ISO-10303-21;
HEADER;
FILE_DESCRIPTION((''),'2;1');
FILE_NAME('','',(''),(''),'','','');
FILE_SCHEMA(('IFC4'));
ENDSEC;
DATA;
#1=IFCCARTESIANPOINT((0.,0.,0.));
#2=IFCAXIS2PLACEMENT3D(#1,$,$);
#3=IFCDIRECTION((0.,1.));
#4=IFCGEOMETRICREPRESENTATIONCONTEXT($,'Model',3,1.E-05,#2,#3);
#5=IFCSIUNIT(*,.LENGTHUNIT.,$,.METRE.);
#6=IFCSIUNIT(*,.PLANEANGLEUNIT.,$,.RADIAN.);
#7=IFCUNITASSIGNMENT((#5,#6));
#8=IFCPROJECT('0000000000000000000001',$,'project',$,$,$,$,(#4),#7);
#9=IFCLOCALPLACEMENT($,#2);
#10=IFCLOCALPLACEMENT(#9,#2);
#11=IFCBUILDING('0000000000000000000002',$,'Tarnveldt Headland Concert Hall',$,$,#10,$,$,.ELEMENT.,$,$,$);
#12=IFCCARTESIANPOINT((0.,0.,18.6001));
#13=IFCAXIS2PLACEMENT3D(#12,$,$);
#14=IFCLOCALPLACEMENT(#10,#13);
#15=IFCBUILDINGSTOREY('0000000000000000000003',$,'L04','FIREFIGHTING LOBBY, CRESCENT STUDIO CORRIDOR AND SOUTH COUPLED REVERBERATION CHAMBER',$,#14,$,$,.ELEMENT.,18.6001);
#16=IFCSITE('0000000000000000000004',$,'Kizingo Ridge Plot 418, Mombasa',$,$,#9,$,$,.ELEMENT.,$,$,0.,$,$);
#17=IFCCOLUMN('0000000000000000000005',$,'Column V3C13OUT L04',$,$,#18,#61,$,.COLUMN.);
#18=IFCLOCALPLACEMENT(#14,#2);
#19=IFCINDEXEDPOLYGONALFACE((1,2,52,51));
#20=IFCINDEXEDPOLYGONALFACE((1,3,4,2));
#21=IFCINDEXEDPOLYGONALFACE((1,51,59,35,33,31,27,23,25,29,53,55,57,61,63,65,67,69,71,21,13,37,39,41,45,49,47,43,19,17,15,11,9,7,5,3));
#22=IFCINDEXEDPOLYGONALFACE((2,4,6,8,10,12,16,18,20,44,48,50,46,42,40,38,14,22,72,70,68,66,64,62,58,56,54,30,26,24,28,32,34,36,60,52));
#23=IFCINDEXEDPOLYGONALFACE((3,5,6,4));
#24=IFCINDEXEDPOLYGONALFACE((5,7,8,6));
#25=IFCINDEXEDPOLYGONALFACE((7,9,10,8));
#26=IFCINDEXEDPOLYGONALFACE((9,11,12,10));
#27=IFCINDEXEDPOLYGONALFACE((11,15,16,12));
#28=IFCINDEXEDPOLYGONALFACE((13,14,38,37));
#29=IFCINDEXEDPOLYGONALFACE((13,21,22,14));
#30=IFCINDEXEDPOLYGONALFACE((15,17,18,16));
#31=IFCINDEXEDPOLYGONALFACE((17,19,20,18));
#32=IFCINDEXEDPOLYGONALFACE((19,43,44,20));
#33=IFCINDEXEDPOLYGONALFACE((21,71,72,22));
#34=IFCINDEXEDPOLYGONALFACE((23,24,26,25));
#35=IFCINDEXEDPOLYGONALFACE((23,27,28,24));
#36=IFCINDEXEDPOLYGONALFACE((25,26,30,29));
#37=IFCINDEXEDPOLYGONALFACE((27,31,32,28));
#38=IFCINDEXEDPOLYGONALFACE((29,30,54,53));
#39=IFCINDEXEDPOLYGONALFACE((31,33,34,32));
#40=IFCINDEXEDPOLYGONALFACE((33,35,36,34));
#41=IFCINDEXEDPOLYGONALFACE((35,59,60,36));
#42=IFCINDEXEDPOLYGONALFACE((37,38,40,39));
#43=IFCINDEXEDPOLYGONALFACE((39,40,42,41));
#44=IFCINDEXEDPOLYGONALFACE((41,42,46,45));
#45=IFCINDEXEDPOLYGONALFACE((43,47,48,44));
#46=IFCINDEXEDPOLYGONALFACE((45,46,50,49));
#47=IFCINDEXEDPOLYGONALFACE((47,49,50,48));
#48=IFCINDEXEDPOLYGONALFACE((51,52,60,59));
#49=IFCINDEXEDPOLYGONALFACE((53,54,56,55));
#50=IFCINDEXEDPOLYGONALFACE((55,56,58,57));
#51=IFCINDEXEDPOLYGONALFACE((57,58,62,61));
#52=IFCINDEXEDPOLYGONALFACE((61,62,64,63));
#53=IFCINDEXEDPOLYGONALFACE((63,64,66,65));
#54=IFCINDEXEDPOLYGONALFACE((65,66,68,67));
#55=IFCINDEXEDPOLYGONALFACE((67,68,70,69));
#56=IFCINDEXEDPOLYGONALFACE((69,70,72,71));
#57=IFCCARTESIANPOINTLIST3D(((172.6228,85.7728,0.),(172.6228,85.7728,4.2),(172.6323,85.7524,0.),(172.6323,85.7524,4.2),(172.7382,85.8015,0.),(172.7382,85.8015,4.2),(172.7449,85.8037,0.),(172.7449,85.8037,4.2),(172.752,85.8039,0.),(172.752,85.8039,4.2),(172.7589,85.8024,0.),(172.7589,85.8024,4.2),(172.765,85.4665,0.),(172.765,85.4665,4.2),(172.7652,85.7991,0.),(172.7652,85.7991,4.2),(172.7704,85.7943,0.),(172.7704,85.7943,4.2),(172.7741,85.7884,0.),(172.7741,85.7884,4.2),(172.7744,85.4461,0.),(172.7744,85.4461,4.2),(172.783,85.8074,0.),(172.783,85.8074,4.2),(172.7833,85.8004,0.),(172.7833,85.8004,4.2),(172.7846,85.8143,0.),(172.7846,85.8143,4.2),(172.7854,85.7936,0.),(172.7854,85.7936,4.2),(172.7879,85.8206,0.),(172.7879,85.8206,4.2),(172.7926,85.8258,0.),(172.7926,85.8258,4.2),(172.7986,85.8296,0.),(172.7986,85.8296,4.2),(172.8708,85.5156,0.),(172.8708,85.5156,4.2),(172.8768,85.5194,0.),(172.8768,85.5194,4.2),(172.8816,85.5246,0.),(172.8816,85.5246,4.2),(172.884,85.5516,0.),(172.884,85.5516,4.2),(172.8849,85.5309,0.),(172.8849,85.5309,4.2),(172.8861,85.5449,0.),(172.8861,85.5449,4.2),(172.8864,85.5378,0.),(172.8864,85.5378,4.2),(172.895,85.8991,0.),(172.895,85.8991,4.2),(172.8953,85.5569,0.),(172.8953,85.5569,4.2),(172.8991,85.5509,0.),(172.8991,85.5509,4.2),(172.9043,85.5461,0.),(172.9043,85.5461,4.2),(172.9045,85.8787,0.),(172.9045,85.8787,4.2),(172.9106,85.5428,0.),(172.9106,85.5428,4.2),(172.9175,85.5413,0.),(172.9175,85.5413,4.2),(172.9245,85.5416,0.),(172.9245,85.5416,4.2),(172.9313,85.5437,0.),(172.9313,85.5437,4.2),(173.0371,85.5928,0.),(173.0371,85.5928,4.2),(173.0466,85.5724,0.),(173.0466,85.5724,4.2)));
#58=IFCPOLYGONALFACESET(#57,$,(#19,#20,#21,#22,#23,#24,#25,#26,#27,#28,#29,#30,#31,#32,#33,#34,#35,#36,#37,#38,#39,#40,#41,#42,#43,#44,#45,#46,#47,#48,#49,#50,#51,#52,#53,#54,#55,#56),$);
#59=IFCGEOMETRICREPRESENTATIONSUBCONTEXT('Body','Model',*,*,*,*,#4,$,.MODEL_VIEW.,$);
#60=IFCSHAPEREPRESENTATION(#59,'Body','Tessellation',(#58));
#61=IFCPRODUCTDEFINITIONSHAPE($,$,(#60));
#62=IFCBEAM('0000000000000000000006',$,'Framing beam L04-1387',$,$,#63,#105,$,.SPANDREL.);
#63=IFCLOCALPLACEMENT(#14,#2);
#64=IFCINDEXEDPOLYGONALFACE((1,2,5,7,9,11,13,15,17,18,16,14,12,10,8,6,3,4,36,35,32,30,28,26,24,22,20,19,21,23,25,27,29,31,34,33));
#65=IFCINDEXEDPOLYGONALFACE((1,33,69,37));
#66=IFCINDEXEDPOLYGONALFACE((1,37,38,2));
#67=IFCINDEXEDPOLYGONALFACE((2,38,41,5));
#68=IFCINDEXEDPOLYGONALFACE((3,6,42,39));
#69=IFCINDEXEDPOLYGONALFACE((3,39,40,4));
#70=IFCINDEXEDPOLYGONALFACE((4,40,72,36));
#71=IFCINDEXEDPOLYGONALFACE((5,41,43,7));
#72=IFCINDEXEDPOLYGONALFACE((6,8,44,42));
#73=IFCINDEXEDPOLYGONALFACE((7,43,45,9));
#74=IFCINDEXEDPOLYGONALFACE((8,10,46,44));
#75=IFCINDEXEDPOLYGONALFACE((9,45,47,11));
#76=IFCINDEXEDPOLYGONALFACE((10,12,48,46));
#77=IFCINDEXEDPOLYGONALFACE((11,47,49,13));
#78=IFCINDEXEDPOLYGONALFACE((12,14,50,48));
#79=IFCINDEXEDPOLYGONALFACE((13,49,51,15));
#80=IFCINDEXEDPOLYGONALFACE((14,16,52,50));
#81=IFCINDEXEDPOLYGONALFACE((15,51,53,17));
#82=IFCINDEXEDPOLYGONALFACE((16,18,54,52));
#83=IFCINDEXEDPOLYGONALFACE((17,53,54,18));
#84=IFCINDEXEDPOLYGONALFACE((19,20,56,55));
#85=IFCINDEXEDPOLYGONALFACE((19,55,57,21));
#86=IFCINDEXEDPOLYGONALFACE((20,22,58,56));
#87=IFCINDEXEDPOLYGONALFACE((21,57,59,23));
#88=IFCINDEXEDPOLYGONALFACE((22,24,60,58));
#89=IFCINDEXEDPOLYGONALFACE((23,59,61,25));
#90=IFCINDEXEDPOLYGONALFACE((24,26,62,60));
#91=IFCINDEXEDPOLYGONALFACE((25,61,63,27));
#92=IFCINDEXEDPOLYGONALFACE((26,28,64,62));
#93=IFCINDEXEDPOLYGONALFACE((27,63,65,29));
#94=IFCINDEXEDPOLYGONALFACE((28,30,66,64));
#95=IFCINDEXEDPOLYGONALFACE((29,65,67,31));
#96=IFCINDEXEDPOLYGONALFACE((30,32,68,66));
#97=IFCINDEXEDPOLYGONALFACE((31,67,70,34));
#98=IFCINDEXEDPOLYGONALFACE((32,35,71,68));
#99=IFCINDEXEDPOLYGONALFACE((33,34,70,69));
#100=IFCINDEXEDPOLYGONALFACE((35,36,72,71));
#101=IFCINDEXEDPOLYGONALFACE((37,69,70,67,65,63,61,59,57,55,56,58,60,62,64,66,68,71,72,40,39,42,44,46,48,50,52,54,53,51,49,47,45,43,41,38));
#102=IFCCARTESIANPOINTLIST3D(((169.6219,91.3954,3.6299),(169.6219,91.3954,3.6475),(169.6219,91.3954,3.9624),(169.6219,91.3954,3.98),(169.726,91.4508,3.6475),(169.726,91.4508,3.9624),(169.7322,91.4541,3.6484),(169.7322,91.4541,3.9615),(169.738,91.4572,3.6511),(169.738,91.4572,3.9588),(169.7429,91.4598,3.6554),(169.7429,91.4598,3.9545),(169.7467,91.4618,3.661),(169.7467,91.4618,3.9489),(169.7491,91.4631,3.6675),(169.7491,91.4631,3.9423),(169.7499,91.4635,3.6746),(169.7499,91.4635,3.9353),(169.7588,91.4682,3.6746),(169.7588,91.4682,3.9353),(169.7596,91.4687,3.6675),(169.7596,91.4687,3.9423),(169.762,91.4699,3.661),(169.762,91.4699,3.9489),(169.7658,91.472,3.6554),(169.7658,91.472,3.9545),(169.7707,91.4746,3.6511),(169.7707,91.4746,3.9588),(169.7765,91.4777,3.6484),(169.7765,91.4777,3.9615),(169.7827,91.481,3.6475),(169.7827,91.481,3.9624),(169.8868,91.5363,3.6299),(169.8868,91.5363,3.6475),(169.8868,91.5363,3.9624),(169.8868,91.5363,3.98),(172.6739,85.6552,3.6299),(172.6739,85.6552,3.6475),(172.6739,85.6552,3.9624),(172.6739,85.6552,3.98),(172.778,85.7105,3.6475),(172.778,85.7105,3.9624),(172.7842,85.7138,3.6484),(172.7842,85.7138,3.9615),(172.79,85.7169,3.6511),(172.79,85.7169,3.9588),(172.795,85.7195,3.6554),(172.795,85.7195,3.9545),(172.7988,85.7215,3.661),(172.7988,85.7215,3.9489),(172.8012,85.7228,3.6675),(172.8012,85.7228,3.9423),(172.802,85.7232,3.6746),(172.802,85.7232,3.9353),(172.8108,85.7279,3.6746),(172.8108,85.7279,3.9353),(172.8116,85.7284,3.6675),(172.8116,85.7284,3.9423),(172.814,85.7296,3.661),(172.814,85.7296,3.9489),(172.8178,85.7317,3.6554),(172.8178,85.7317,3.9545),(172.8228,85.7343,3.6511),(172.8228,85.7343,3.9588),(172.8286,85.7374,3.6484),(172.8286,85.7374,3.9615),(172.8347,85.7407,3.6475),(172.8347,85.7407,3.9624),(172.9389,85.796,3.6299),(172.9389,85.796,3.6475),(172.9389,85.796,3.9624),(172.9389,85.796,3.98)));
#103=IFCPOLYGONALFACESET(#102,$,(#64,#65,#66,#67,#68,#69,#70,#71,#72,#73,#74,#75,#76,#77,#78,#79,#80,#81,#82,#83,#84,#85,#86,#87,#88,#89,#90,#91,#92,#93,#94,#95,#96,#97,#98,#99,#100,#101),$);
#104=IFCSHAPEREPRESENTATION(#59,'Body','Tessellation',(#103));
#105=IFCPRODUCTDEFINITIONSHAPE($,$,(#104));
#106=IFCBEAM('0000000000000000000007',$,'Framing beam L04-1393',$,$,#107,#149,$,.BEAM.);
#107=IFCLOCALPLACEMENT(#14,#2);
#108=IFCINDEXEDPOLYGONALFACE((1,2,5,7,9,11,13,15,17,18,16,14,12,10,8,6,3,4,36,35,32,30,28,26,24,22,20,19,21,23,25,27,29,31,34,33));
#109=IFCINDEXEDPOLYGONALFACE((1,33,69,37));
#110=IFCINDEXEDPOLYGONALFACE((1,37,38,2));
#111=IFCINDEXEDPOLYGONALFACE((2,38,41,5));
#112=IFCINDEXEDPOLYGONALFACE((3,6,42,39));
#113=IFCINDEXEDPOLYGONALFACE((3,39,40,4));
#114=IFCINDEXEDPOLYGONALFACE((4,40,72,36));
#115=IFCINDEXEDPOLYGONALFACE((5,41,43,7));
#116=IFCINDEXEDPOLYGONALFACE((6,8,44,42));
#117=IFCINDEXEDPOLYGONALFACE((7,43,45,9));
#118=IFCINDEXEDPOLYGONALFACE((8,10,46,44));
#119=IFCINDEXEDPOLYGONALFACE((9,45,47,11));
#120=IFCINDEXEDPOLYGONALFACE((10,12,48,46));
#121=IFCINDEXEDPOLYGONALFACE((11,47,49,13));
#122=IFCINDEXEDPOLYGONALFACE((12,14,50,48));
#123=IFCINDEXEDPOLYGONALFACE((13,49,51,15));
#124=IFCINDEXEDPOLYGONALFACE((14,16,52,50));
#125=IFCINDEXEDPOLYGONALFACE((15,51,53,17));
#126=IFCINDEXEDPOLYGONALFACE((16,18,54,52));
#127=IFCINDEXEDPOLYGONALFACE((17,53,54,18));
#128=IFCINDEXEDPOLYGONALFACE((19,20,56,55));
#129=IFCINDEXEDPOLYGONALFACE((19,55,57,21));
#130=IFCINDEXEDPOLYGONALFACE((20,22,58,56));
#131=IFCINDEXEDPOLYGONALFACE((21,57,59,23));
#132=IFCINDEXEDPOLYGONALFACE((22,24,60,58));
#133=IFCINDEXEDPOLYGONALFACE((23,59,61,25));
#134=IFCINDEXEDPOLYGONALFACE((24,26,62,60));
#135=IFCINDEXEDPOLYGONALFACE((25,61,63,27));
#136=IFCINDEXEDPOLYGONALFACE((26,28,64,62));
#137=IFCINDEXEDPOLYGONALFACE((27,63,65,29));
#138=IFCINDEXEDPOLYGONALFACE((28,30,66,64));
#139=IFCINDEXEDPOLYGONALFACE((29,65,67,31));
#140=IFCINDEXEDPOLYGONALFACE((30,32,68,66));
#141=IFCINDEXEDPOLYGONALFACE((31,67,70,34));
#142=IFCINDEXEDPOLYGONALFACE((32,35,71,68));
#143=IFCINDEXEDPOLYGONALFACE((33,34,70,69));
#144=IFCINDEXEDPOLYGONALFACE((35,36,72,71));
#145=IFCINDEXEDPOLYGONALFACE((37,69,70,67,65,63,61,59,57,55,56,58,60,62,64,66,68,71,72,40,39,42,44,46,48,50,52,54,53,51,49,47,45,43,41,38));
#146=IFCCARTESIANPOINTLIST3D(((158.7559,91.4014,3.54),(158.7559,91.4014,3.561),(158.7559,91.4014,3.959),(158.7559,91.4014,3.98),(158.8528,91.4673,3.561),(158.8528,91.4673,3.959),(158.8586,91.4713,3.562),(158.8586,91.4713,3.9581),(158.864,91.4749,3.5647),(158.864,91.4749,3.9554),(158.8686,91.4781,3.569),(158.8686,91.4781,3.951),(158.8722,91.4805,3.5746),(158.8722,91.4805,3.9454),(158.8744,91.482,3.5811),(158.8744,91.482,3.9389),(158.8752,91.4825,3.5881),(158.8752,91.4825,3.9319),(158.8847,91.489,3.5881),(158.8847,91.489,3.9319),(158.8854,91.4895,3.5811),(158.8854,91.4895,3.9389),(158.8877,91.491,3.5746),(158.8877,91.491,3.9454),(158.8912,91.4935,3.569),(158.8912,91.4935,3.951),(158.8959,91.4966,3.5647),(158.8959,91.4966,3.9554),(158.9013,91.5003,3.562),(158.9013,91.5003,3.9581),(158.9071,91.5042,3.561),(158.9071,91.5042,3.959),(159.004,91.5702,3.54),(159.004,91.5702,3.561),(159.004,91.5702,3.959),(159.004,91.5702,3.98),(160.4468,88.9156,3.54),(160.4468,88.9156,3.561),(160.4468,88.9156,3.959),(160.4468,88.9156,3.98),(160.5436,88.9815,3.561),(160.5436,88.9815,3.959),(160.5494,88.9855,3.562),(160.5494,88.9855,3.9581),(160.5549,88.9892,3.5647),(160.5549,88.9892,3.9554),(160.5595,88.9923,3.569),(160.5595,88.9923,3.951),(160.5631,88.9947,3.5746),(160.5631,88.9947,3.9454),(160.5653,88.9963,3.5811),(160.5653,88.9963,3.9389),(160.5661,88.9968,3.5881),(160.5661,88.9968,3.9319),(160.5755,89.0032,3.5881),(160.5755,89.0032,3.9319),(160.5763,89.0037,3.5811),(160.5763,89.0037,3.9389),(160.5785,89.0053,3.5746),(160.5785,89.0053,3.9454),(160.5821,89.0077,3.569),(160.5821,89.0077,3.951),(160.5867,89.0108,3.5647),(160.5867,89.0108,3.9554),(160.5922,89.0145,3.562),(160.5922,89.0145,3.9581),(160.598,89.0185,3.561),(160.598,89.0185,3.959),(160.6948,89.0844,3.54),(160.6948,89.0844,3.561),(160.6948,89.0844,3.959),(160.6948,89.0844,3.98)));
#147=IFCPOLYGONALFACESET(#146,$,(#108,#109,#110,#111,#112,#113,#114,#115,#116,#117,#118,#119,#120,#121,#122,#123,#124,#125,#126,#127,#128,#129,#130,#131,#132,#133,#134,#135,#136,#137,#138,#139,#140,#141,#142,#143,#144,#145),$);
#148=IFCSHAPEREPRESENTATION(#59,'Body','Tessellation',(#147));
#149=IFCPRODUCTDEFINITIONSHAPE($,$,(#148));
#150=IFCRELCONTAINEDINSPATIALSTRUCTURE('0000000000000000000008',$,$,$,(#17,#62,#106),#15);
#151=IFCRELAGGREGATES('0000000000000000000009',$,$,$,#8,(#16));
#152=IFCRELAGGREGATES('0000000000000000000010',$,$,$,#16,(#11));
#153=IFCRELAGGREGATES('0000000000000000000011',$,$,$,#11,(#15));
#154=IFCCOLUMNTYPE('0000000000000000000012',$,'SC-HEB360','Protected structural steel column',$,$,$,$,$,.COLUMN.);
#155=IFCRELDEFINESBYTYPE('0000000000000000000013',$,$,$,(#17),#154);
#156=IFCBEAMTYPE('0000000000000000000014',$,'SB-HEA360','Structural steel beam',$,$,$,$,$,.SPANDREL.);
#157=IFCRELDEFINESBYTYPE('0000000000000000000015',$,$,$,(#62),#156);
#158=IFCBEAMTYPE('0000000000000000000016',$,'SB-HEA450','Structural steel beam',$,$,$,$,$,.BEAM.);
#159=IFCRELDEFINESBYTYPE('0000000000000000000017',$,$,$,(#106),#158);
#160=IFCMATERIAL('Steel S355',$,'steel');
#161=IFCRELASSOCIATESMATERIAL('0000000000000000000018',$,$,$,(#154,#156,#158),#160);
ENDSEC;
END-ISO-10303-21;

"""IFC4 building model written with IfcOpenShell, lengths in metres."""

from ifc_helpers import new_model, si_unit, direction, frame, origin, origin_2d, place, context, subcontext, project, spatial, i_section, extrude, material, material_profile, profile_set, type_object, element, save


model = new_model("IFC4")

# Units and contexts
model_context = context("Model", 3, precision=1e-05, world=origin(), true_north=direction((0.0, 1.0)))
body_context = subcontext(model_context, "Body", "Model", "MODEL_VIEW")
ifc_project = project(units=[si_unit("LENGTHUNIT", "METRE"), si_unit("PLANEANGLEUNIT", "RADIAN")], contexts=[model_context])

# Site, building, storey
site_placement = place(None, origin())
site = spatial("IfcSite", under=ifc_project, at=site_placement, Name="Kizingo Ridge Plot 418, Mombasa", CompositionType="ELEMENT", RefElevation=0.0)
building_placement = place(site_placement, origin())
building = spatial("IfcBuilding", under=site, at=building_placement, Name="Tarnveldt Headland Concert Hall", CompositionType="ELEMENT")
storey_placement = place(building_placement, frame((0.0, 0.0, 18.6001)))
storey = spatial("IfcBuildingStorey", under=building, at=storey_placement, Name="L04", Description="FIREFIGHTING LOBBY, CRESCENT STUDIO CORRIDOR AND SOUTH COUPLED REVERBERATION CHAMBER", CompositionType="ELEMENT", Elevation=18.6001)

# Column
ifc_material_1 = material(Name="Steel S355", Category="steel")
ifc_material_profile_1 = material_profile(ifc_material_1, i_section(OverallWidth=0.3, OverallDepth=0.3601, WebThickness=0.0125, FlangeThickness=0.0225, FilletRadius=0.0271, at=origin_2d()), Name="HEB360", Category="steel")
ifc_profile_set_1 = profile_set([ifc_material_profile_1], Name="Steel S355")
column_type = type_object("IfcColumnType", Name="SC-HEB360", Description="Protected structural steel column", PredefinedType="COLUMN", material=ifc_profile_set_1)
column_placement = place(storey_placement, frame((172.8347, 85.6726, 0.0), z_axis=(0.0, 0.0, 1.0), x_axis=(0.907117, 0.420877, 0.0)))
element("IfcColumn", 1, at=column_placement, inside=storey, type_object=column_type, Name="Column V3C13OUT L04", PredefinedType="COLUMN", context=body_context, shape_type="SweptSolid", body=[
    extrude(i_section(OverallWidth=0.3, OverallDepth=0.3601, WebThickness=0.0125, FlangeThickness=0.0225, FilletRadius=0.0271, at=origin_2d()), origin(), (0.0, 0.0, 1.0), 4.2),
])

# Beams
ifc_material_profile_2 = material_profile(ifc_material_1, i_section(OverallWidth=0.3, OverallDepth=0.3501, WebThickness=0.01, FlangeThickness=0.0176, FilletRadius=0.0271, at=origin_2d()), Name="HEA360", Category="steel")
ifc_profile_set_2 = profile_set([ifc_material_profile_2], Name="Steel S355")
beam_type_1 = type_object("IfcBeamType", Name="SB-HEA360", Description="Structural steel beam", PredefinedType="SPANDREL", material=ifc_profile_set_2)
beam_1_placement = place(storey_placement, frame((172.8064, 85.7256, 3.8049), z_axis=(-0.469455, 0.882956, 0.0), x_axis=(-0.882956, -0.469455, 0.0)))
element("IfcBeam", 2, at=beam_1_placement, inside=storey, type_object=beam_type_1, Name="Framing beam L04-1387", PredefinedType="SPANDREL", context=body_context, shape_type="SweptSolid", body=[
    extrude(i_section(OverallWidth=0.3, OverallDepth=0.3501, WebThickness=0.01, FlangeThickness=0.0176, FilletRadius=0.0271, at=origin_2d()), origin(), (0.0, 0.0, 1.0), 6.5012),
])
ifc_material_profile_3 = material_profile(ifc_material_1, i_section(OverallWidth=0.3, OverallDepth=0.4399, WebThickness=0.0115, FlangeThickness=0.021, FilletRadius=0.0271, at=origin_2d()), Name="HEA450", Category="steel")
ifc_profile_set_3 = profile_set([ifc_material_profile_3], Name="Steel S355")
beam_type_2 = type_object("IfcBeamType", Name="SB-HEA450", Description="Structural steel beam", PredefinedType="BEAM", material=ifc_profile_set_3)
beam_2_placement = place(storey_placement, frame((160.5708, 89.0, 3.76), z_axis=(-0.562434, 0.826842, 0.0), x_axis=(-0.826842, -0.562434, 0.0)))
element("IfcBeam", 3, at=beam_2_placement, inside=storey, type_object=beam_type_2, Name="Framing beam L04-1393", PredefinedType="BEAM", context=body_context, shape_type="SweptSolid", body=[
    extrude(i_section(OverallWidth=0.3, OverallDepth=0.4399, WebThickness=0.0115, FlangeThickness=0.021, FilletRadius=0.0271, at=origin_2d()), origin(), (0.0, 0.0, 1.0), 3.0063),
])

save(model, "model.ifc")
